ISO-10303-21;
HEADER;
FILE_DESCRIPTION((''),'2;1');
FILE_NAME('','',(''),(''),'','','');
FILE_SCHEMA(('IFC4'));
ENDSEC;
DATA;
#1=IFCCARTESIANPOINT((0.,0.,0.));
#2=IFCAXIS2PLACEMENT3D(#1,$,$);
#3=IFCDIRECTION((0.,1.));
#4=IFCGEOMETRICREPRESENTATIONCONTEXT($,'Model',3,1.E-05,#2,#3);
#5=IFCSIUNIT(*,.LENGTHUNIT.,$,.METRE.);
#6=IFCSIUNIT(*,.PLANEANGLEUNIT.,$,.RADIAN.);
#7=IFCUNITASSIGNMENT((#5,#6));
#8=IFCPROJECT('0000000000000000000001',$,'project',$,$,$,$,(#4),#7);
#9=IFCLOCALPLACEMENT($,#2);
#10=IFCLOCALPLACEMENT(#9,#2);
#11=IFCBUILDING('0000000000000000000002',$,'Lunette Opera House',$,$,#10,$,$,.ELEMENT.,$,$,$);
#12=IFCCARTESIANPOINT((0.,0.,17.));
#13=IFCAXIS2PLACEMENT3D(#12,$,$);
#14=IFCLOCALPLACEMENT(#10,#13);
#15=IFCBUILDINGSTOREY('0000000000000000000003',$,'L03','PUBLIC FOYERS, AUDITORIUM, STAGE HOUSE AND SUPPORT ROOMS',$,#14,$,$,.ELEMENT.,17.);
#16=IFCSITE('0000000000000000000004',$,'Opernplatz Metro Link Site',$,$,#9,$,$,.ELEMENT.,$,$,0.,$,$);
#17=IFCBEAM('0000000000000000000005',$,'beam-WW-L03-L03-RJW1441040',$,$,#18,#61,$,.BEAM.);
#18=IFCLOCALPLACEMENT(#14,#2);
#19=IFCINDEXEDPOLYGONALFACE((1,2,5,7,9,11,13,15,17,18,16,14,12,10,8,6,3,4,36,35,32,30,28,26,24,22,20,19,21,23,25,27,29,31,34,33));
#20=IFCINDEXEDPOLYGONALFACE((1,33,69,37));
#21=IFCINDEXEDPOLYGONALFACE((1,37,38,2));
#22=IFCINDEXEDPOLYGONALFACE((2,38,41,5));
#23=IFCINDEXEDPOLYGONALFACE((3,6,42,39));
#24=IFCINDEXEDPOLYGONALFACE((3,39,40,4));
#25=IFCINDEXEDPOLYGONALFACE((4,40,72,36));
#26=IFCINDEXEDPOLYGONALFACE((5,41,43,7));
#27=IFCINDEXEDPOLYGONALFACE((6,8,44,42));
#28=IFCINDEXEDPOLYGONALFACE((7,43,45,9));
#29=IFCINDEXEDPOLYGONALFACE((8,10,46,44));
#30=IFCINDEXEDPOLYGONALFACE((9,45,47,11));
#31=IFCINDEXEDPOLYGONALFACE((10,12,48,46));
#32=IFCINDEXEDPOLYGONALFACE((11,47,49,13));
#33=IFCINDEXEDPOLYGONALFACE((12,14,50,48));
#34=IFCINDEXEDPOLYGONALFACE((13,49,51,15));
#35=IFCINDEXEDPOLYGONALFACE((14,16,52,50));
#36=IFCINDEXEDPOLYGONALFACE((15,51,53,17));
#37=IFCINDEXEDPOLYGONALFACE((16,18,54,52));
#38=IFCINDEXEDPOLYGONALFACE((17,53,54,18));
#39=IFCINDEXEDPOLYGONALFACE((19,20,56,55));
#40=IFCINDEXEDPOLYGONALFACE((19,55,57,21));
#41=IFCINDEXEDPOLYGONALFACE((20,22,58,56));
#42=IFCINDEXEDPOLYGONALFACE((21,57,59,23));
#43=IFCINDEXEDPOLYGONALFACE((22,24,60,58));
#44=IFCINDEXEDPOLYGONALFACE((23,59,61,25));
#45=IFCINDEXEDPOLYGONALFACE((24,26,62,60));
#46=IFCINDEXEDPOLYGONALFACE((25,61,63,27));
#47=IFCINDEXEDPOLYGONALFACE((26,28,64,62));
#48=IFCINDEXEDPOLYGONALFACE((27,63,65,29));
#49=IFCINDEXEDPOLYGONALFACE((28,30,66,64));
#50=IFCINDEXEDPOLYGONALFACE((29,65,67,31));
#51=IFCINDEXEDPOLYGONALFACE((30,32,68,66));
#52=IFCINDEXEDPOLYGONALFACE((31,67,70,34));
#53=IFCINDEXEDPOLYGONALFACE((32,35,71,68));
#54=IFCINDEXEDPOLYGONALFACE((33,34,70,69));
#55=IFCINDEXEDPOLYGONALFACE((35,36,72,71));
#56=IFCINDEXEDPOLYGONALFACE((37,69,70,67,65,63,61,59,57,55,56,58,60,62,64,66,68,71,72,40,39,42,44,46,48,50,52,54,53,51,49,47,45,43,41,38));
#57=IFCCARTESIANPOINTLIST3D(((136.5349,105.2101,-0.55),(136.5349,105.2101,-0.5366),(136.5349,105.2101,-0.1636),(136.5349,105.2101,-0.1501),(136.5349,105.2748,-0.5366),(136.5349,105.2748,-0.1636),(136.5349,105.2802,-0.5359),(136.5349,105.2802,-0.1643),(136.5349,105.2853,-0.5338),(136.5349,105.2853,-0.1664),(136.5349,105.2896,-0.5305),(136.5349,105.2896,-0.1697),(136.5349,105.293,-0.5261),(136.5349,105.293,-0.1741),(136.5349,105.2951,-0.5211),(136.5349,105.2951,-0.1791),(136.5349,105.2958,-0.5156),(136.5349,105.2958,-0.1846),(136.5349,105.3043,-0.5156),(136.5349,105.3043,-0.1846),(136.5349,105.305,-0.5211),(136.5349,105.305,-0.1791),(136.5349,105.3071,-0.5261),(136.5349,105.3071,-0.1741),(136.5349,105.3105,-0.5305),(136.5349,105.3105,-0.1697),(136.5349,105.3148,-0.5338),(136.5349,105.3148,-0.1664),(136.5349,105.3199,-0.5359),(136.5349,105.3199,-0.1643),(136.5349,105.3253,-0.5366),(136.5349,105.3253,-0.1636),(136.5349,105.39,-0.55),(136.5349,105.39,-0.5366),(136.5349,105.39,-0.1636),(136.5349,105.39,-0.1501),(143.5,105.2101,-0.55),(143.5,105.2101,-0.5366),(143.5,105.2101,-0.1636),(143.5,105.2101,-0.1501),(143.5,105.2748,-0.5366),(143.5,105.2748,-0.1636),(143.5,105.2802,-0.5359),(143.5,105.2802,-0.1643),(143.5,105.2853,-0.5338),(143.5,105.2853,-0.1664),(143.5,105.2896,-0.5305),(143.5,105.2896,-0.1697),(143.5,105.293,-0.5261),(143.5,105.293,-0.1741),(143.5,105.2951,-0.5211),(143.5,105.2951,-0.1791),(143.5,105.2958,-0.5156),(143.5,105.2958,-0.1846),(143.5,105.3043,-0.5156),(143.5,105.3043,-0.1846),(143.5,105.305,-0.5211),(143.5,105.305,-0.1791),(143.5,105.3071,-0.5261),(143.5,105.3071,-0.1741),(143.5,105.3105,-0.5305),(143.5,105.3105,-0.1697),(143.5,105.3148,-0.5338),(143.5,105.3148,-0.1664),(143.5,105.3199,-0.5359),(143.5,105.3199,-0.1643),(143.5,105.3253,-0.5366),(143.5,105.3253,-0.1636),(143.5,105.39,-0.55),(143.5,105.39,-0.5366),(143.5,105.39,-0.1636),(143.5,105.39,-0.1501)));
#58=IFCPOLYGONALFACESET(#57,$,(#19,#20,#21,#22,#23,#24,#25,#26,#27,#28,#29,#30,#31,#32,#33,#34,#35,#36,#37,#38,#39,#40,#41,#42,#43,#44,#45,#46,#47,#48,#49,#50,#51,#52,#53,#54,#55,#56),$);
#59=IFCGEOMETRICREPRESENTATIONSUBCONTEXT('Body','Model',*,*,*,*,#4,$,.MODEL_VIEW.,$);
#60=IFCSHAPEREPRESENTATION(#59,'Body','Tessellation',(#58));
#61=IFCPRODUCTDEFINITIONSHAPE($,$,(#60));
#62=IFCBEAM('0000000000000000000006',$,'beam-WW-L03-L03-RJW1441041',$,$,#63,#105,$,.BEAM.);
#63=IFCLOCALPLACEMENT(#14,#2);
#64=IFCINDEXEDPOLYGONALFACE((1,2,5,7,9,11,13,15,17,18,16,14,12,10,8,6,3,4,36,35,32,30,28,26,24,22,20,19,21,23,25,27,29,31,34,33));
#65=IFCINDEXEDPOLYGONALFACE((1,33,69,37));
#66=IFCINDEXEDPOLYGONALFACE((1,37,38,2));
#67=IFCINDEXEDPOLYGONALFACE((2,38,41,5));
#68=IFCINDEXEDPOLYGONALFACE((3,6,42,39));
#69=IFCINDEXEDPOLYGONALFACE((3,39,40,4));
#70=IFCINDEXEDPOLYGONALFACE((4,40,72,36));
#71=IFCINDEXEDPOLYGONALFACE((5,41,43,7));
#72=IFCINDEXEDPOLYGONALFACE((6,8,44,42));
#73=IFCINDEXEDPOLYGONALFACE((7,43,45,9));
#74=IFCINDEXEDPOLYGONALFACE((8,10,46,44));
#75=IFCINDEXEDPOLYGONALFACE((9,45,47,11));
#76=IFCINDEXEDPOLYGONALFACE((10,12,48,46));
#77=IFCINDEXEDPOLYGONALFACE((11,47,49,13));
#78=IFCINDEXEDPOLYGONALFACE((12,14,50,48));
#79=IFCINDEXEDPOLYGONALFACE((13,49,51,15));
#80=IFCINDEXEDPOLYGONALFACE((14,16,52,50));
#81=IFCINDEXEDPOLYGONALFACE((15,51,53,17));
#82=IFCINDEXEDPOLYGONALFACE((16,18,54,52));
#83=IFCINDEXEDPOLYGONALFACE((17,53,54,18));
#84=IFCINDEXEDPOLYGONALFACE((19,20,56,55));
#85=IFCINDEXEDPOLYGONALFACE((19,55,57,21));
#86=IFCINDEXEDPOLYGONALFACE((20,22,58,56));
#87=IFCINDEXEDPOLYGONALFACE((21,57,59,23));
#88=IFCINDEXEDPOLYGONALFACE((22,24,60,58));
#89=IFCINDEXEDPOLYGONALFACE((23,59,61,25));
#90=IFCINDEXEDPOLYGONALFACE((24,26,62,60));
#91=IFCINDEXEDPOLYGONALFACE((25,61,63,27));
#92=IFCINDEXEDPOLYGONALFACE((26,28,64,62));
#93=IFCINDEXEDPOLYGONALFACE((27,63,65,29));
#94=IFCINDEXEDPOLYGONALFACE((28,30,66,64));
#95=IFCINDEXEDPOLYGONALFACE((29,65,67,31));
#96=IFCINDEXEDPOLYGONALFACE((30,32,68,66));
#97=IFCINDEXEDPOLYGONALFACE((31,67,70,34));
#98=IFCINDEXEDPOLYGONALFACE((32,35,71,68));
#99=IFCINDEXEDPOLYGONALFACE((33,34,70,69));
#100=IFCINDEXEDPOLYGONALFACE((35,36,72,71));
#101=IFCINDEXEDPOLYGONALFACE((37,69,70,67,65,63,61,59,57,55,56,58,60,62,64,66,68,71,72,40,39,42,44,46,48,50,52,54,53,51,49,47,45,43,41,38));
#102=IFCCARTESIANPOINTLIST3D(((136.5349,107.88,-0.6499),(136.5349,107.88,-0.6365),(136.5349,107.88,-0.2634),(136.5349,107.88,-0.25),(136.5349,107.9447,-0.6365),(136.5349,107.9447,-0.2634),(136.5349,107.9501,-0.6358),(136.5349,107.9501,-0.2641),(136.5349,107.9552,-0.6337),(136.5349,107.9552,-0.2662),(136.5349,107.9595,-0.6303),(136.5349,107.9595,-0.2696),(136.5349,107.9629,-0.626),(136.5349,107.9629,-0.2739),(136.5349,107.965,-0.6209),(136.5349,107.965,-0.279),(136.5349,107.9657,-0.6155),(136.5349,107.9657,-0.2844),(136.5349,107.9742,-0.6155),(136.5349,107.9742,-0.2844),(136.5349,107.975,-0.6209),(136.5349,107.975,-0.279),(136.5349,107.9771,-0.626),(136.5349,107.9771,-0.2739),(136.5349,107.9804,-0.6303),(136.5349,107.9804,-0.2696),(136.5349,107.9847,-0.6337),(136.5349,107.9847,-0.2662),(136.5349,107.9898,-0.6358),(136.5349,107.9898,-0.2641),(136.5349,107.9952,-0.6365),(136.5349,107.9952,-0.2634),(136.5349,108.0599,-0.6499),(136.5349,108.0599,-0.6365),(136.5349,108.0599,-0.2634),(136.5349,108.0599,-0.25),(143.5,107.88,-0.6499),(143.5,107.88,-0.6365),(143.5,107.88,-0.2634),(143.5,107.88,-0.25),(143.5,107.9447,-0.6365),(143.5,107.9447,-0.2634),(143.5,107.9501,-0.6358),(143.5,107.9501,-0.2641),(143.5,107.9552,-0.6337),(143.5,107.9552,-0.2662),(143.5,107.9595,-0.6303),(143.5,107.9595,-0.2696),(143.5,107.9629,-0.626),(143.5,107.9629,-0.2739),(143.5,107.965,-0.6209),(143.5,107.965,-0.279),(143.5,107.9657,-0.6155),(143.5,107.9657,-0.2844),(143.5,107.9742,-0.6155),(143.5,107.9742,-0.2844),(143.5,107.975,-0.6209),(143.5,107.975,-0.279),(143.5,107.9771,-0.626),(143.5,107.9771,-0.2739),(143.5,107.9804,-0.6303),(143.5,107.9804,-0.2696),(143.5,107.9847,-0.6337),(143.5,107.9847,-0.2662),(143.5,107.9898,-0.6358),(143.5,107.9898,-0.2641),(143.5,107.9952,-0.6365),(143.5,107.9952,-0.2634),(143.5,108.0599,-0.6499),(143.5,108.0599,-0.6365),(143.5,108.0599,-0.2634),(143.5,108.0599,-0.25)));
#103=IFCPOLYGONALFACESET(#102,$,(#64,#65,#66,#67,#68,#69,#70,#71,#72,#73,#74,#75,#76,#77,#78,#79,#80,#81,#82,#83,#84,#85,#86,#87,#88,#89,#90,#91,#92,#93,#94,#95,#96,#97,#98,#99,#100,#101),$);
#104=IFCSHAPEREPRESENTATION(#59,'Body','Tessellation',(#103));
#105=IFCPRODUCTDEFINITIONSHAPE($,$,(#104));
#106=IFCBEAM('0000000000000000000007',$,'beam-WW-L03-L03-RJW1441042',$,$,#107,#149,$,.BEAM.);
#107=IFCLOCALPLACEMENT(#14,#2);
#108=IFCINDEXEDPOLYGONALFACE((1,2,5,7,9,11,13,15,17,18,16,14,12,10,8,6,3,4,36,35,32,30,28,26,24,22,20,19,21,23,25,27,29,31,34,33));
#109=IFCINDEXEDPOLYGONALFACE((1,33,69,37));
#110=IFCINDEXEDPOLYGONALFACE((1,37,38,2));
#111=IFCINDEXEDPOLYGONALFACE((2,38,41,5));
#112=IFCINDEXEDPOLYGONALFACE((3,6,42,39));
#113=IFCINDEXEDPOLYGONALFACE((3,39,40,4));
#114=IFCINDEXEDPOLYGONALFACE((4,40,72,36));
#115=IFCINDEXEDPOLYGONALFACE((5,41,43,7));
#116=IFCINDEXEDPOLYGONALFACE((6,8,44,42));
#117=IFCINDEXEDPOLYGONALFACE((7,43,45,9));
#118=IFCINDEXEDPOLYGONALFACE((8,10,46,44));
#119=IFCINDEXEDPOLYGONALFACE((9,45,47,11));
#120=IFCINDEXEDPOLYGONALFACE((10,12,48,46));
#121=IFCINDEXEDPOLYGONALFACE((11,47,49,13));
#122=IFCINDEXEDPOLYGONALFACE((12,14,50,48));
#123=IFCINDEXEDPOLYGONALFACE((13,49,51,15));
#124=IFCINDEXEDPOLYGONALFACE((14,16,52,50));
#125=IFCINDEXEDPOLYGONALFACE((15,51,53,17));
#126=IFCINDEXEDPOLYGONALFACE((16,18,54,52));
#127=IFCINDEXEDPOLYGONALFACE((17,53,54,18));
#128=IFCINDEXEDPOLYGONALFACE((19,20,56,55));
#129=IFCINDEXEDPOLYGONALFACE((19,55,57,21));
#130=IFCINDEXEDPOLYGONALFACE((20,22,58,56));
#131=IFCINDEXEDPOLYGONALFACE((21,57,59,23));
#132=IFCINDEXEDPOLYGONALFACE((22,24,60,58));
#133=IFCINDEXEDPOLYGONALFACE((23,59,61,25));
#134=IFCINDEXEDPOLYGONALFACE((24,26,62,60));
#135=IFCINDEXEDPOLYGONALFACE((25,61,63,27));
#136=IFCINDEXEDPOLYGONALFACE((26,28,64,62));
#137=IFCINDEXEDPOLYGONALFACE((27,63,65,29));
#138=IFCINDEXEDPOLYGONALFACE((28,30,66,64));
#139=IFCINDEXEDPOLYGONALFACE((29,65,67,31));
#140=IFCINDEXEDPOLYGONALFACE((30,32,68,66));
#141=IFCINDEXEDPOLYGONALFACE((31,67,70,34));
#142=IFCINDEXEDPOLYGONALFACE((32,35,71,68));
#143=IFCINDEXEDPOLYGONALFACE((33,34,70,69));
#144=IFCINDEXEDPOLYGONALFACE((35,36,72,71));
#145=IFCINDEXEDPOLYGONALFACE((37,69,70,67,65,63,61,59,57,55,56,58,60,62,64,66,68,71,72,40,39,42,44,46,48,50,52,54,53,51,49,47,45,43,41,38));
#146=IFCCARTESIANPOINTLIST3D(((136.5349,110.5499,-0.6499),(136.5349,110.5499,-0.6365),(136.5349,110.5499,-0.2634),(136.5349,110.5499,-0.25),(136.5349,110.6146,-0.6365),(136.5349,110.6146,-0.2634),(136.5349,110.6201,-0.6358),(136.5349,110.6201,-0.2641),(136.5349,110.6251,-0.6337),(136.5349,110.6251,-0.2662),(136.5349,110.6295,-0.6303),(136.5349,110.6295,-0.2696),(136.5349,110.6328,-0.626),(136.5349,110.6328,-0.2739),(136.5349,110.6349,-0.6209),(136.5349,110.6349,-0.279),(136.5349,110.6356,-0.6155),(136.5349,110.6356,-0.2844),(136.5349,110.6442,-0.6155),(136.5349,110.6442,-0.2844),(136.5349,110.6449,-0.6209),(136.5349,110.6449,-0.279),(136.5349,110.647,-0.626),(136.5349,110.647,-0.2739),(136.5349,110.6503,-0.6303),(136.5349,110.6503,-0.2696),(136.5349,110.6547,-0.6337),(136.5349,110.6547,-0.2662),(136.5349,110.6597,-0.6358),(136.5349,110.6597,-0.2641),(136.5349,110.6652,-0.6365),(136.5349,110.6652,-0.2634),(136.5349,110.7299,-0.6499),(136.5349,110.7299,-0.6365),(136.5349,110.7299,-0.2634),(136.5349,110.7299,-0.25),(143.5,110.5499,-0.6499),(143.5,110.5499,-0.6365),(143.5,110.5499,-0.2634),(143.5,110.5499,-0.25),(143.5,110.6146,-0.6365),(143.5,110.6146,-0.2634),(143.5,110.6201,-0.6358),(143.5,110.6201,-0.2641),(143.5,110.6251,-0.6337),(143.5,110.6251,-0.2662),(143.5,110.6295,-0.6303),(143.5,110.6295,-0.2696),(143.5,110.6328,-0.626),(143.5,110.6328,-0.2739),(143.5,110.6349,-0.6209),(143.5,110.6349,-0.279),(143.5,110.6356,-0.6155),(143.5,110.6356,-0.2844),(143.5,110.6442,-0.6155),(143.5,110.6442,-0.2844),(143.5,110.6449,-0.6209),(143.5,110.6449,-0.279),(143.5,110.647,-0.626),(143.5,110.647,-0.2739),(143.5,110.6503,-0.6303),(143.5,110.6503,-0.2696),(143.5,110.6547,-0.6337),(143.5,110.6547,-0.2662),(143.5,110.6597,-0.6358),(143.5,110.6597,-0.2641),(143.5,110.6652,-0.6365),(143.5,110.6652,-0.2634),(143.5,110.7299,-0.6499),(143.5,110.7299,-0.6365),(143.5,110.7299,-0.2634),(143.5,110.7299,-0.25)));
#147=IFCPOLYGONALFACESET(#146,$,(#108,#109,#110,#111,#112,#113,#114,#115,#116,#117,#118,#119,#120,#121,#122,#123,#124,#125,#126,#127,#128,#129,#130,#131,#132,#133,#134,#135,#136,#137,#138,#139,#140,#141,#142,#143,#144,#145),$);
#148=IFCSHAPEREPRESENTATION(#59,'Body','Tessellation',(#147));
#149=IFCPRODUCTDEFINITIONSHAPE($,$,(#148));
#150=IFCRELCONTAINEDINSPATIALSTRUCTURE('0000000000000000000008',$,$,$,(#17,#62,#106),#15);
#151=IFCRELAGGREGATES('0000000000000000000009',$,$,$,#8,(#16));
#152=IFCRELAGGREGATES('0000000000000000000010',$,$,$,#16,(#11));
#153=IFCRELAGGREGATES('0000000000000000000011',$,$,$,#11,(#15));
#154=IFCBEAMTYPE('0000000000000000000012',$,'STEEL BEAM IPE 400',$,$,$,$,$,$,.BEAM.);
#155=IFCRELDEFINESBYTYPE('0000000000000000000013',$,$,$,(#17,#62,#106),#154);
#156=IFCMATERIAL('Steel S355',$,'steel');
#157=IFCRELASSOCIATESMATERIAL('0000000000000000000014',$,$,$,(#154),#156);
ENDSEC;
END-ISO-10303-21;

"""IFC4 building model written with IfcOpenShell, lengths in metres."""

from ifc_helpers import new_model, si_unit, direction, frame, origin, origin_2d, place, context, subcontext, project, spatial, i_section, extrude, material, material_profile, profile_set, type_object, element, save


model = new_model("IFC4")

# Units and contexts
model_context = context("Model", 3, precision=1e-05, world=origin(), true_north=direction((0.0, 1.0)))
body_context = subcontext(model_context, "Body", "Model", "MODEL_VIEW")
ifc_project = project(units=[si_unit("LENGTHUNIT", "METRE"), si_unit("PLANEANGLEUNIT", "RADIAN")], contexts=[model_context])

# Site, building, storey
site_placement = place(None, origin())
site = spatial("IfcSite", under=ifc_project, at=site_placement, Name="Opernplatz Metro Link Site", CompositionType="ELEMENT", RefElevation=0.0)
building_placement = place(site_placement, origin())
building = spatial("IfcBuilding", under=site, at=building_placement, Name="Lunette Opera House", CompositionType="ELEMENT")
storey_placement = place(building_placement, frame((0.0, 0.0, 17.0)))
storey = spatial("IfcBuildingStorey", under=building, at=storey_placement, Name="L03", Description="PUBLIC FOYERS, AUDITORIUM, STAGE HOUSE AND SUPPORT ROOMS", CompositionType="ELEMENT", Elevation=17.0)

# Beams
ifc_material_1 = material(Name="Steel S355", Category="steel")
ifc_material_profile_1 = material_profile(ifc_material_1, i_section(OverallWidth=0.1799, OverallDepth=0.3999, WebThickness=0.0085, FlangeThickness=0.0134, FilletRadius=0.021, at=origin_2d()), Name="IPE 400")
ifc_profile_set_1 = profile_set([ifc_material_profile_1], Name="Steel S355")
beam_type_1 = type_object("IfcBeamType", Name="STEEL BEAM IPE 400", PredefinedType="BEAM", material=ifc_profile_set_1)
for number, where, z_axis, x_axis, name in (
    (1, (143.5, 105.3, -0.3501), (-1.0, 0.0, 0.0), (0.0, -1.0, 0.0), "beam-WW-L03-L03-RJW1441040"),
    (2, (143.5, 107.97, -0.45), (-1.0, 0.0, 0.0), (0.0, -1.0, 0.0), "beam-WW-L03-L03-RJW1441041"),
    (3, (143.5, 110.6399, -0.45), (-1.0, 0.0, 0.0), (0.0, -1.0, 0.0), "beam-WW-L03-L03-RJW1441042"),
):
    element("IfcBeam", number, at=place(storey_placement, frame(where, z_axis=z_axis, x_axis=x_axis)), inside=storey, type_object=beam_type_1, Name=name, PredefinedType="BEAM", context=body_context, shape_type="SweptSolid", body=[
        extrude(i_section(OverallWidth=0.1799, OverallDepth=0.3999, WebThickness=0.0085, FlangeThickness=0.0134, FilletRadius=0.021, at=origin_2d()), origin(), (0.0, 0.0, 1.0), 6.9651),
    ])

save(model, "model.ifc")
